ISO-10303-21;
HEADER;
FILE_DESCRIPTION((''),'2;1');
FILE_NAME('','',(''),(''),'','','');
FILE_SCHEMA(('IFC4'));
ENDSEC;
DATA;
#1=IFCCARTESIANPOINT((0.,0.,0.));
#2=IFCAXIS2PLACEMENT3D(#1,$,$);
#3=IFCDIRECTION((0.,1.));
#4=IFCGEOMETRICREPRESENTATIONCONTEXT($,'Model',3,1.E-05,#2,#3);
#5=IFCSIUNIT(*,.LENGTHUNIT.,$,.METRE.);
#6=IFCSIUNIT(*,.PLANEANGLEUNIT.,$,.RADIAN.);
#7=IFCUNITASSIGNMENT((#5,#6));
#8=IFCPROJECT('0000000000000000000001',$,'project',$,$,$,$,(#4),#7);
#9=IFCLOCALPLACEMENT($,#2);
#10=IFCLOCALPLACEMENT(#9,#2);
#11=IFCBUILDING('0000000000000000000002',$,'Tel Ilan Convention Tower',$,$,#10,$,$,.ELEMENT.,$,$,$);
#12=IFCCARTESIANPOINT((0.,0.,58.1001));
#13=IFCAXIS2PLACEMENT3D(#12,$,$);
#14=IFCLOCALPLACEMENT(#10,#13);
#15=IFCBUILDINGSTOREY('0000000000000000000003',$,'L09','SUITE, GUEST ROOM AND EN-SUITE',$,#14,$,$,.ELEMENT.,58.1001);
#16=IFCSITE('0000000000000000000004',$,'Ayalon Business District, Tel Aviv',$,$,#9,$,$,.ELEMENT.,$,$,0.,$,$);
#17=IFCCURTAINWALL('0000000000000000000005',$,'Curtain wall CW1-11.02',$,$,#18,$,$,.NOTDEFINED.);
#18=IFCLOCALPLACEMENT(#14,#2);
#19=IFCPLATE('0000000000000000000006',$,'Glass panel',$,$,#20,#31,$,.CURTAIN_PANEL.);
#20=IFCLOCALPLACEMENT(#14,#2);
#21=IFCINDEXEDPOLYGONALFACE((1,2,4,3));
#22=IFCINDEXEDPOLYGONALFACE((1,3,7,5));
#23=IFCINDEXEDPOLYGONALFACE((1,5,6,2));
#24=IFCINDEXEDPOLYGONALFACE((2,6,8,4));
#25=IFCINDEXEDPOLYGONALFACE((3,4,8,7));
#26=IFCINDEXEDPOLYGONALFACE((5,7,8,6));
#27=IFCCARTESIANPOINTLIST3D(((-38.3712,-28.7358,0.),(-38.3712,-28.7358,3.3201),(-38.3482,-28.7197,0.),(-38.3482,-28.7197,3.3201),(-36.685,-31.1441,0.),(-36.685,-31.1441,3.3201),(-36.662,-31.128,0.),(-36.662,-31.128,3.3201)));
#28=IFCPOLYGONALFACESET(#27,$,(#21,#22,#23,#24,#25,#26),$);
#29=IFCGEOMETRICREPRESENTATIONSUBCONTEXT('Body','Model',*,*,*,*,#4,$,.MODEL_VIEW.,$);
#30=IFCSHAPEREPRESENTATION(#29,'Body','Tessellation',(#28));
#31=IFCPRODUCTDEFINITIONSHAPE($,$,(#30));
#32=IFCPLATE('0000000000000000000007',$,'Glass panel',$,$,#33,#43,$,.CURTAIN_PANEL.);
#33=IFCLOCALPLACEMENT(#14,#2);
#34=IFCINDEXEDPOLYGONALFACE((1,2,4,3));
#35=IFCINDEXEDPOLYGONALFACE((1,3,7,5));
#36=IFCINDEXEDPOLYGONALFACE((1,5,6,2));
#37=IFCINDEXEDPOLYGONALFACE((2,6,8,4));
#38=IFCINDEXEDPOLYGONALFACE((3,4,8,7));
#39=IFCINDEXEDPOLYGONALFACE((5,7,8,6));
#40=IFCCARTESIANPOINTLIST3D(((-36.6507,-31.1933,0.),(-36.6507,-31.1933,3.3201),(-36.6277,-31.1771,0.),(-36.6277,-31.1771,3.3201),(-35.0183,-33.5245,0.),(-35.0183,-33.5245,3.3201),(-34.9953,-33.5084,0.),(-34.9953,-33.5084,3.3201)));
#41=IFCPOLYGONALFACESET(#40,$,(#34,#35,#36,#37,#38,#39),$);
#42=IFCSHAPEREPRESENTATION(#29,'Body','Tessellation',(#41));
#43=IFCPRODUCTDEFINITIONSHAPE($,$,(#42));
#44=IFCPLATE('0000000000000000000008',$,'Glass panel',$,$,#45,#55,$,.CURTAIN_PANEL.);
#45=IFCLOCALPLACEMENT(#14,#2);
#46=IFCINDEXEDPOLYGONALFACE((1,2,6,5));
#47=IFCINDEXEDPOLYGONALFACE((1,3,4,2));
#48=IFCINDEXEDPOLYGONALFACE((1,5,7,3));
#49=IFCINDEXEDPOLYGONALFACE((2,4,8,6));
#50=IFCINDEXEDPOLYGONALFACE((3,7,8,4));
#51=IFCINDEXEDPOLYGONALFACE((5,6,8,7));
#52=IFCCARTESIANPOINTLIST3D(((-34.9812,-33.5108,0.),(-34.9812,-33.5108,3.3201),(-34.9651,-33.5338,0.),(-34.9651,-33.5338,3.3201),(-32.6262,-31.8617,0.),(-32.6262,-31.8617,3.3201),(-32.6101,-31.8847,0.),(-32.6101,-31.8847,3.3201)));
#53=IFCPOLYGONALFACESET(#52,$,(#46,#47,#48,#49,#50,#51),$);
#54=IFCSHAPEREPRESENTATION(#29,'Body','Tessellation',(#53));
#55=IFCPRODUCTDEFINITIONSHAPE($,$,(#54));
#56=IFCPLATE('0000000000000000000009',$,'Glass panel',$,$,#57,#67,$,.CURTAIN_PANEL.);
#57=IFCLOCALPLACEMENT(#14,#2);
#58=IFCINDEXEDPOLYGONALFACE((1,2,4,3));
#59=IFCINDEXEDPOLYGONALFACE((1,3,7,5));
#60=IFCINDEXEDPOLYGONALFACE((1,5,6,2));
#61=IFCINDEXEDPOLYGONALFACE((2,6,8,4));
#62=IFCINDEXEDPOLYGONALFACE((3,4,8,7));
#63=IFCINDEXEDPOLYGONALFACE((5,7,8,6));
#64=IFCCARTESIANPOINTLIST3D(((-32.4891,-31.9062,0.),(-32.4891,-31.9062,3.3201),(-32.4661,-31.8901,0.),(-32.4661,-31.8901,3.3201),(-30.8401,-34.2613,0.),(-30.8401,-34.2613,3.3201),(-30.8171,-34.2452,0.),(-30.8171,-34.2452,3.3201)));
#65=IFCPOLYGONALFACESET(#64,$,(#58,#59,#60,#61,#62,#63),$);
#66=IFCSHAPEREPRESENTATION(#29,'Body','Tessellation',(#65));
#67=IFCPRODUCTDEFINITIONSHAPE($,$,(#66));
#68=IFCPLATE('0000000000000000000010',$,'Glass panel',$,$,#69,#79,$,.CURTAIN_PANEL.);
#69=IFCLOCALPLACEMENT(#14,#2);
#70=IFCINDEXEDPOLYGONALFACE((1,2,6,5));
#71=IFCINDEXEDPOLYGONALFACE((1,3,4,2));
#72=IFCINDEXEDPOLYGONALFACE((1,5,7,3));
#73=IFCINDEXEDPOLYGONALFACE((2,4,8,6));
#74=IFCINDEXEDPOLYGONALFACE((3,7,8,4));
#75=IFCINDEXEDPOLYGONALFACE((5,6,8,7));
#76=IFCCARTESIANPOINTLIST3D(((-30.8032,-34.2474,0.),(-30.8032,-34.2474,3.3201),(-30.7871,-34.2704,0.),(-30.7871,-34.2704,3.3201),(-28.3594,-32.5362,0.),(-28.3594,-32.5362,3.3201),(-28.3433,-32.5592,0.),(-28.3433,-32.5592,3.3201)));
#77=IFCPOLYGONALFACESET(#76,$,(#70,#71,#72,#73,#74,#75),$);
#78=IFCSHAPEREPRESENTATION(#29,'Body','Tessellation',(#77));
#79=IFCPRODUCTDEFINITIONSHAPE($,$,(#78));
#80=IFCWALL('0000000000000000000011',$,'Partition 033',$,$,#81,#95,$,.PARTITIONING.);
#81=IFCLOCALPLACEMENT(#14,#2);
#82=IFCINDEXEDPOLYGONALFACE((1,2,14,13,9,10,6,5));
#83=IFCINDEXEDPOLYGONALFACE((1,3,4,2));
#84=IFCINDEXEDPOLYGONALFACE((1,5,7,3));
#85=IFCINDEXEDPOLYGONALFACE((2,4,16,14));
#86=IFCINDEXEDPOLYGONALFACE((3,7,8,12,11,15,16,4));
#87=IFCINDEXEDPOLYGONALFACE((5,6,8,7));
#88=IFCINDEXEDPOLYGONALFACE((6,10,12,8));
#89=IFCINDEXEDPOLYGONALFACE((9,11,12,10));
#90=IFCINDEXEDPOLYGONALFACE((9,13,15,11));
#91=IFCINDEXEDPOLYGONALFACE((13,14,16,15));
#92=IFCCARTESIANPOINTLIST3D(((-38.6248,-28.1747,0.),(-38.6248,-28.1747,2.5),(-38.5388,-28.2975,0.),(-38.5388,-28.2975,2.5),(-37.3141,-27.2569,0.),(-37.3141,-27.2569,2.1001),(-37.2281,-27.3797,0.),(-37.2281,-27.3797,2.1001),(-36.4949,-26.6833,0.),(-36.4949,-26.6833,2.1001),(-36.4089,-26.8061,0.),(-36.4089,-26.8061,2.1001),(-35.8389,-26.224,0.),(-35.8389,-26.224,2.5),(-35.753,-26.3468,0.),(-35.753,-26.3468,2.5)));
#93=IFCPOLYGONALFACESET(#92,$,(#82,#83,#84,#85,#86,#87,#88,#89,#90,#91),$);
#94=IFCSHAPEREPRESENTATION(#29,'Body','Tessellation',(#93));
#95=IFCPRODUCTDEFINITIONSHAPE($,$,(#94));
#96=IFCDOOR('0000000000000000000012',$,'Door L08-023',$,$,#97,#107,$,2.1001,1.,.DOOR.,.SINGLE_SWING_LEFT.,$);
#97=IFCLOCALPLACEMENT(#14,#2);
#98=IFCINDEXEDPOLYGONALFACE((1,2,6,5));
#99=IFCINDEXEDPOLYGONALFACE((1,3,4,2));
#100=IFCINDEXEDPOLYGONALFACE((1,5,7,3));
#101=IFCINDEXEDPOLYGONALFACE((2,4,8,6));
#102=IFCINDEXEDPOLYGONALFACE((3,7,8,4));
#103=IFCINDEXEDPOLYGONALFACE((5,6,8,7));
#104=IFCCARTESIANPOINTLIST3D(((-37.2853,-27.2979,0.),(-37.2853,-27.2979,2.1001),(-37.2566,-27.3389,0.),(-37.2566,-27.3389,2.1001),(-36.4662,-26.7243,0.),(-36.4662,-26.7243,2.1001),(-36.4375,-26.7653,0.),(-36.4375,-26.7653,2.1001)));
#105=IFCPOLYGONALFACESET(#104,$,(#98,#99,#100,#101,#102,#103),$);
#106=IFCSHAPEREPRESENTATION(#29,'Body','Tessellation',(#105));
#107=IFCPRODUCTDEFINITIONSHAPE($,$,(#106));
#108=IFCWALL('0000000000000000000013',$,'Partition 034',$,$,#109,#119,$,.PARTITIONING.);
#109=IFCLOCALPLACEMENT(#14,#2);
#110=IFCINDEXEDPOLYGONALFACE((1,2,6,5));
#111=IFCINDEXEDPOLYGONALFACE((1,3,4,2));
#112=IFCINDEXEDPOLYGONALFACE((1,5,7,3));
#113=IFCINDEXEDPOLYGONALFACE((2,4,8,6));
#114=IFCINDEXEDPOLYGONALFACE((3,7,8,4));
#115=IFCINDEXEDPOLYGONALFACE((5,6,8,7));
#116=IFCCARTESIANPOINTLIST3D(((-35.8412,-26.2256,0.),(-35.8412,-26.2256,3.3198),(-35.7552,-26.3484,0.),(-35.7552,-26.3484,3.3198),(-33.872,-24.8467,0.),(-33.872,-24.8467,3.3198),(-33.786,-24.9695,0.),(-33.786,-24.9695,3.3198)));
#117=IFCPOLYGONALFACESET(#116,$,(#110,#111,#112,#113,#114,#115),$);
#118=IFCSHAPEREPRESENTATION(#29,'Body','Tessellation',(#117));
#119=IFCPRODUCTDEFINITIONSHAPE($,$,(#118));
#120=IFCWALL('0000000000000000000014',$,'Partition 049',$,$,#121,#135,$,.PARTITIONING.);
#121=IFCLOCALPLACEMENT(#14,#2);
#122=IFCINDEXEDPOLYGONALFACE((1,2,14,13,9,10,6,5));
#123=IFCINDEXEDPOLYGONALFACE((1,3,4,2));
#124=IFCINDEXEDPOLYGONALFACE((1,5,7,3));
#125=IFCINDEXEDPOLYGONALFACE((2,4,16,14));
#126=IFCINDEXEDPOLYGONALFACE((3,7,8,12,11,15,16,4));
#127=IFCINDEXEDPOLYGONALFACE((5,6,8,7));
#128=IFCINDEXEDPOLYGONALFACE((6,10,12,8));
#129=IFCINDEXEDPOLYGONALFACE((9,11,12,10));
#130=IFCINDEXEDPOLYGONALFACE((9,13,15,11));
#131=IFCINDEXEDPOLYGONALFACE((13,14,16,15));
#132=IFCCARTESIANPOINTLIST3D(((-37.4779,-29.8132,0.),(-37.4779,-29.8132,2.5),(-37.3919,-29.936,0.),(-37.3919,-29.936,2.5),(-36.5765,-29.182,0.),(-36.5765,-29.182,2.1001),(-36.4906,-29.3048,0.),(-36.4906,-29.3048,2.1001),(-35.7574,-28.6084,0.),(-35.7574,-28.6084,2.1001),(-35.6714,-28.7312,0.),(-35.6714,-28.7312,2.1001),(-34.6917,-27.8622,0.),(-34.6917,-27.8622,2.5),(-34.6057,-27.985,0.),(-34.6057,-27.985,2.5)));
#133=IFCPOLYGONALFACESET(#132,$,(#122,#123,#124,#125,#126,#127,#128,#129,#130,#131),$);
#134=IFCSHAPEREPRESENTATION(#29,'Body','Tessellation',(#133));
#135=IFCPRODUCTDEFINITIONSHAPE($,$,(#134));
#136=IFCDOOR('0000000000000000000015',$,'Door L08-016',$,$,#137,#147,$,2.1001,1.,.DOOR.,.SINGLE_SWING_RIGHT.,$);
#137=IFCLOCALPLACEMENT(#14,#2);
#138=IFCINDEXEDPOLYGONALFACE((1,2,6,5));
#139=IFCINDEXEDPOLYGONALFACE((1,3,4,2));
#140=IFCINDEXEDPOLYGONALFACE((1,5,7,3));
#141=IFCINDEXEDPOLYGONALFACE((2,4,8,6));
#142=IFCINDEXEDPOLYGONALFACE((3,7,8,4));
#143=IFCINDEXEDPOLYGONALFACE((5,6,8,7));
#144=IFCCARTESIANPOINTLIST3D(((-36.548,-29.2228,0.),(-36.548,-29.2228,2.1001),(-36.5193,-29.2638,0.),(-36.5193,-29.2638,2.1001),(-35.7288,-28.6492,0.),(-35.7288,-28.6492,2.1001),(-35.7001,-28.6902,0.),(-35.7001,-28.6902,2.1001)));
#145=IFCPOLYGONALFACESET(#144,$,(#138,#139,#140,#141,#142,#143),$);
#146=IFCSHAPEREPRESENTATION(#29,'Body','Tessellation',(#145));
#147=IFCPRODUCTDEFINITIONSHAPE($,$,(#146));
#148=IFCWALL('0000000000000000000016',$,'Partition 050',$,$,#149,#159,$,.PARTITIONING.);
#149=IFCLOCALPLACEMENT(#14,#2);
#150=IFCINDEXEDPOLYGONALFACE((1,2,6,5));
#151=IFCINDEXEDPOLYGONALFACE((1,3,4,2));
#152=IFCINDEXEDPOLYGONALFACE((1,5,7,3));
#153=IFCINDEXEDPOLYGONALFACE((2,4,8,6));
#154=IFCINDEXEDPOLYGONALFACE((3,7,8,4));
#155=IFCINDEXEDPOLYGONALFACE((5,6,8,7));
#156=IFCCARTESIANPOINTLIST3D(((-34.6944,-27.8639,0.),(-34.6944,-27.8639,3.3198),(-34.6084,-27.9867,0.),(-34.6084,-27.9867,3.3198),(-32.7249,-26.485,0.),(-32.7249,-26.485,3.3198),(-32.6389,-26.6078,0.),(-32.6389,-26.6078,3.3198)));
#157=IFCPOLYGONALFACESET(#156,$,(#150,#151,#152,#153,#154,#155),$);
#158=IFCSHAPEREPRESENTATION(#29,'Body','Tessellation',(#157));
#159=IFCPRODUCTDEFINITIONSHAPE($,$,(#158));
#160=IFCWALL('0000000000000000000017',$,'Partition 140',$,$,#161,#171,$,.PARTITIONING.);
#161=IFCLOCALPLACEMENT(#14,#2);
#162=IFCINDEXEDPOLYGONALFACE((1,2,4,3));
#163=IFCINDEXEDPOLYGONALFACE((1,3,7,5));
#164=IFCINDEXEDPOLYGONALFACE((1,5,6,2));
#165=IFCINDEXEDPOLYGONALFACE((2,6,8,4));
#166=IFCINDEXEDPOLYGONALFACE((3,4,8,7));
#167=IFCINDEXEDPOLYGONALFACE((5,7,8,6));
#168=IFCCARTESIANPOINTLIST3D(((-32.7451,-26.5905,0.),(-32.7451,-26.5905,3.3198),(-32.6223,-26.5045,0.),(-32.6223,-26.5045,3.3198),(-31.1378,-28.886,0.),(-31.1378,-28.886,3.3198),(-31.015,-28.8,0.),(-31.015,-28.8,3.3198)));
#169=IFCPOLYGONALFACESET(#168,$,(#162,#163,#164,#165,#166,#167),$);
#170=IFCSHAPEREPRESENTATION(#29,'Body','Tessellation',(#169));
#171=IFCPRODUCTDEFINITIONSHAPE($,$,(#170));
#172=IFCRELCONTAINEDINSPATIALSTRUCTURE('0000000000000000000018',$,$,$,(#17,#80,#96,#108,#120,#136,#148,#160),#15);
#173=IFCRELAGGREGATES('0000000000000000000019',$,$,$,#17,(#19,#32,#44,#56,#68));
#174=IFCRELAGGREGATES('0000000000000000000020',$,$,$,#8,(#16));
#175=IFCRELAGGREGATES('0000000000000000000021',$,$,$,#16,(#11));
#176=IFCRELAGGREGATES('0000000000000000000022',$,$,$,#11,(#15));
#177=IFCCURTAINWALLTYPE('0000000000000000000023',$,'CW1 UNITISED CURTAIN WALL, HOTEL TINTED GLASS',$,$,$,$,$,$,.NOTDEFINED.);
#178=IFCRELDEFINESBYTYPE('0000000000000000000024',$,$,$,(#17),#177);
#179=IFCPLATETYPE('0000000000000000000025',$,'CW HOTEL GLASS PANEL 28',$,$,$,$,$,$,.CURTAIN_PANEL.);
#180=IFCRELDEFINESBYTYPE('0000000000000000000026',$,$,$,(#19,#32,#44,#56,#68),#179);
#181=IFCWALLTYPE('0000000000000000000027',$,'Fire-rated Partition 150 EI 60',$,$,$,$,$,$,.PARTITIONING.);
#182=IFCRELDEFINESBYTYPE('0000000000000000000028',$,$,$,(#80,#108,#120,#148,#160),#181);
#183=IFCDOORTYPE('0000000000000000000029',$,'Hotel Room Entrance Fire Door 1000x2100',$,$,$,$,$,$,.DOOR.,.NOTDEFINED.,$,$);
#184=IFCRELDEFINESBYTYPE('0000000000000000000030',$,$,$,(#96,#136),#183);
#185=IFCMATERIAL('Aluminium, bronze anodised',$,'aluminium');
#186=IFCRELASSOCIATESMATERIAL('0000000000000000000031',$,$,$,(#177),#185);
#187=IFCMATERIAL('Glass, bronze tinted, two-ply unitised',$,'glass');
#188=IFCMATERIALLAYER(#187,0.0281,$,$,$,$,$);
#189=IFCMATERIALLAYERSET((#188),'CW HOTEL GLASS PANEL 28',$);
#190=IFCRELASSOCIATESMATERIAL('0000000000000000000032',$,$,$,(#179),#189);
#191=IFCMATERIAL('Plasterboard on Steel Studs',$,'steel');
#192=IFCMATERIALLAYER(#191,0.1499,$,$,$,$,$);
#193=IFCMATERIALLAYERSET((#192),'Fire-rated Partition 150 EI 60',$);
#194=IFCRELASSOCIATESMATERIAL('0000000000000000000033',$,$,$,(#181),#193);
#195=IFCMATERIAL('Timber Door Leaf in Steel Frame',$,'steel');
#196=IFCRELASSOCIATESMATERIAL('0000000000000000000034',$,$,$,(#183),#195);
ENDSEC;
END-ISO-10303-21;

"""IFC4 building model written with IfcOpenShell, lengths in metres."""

from ifc_helpers import new_model, si_unit, direction, frame, frame_2d, origin, origin_2d, place, context, subcontext, project, spatial, rectangle, extrude, material, layer, layer_set, type_object, element, fill, aggregate, save


model = new_model("IFC4")

# Units and contexts
model_context = context("Model", 3, precision=1e-05, world=origin(), true_north=direction((0.0, 1.0)))
body_context = subcontext(model_context, "Body", "Model", "MODEL_VIEW")
ifc_project = project(units=[si_unit("LENGTHUNIT", "METRE"), si_unit("PLANEANGLEUNIT", "RADIAN")], contexts=[model_context])

# Site, building, storey
site_placement = place(None, origin())
site = spatial("IfcSite", under=ifc_project, at=site_placement, Name="Ayalon Business District, Tel Aviv", CompositionType="ELEMENT", RefElevation=0.0)
building_placement = place(site_placement, origin())
building = spatial("IfcBuilding", under=site, at=building_placement, Name="Tel Ilan Convention Tower", CompositionType="ELEMENT")
storey_placement = place(building_placement, frame((0.0, 0.0, 58.1001)))
storey = spatial("IfcBuildingStorey", under=building, at=storey_placement, Name="L09", Description="SUITE, GUEST ROOM AND EN-SUITE", CompositionType="ELEMENT", Elevation=58.1001)

# Curtain wall, plates
ifc_material_1 = material(Name="Aluminium, bronze anodised", Category="aluminium")
curtain_wall_type = type_object("IfcCurtainWallType", Name="CW1 UNITISED CURTAIN WALL, HOTEL TINTED GLASS", PredefinedType="NOTDEFINED", material=ifc_material_1)
curtain_wall_placement = place(storey_placement, origin())
curtain_wall = element("IfcCurtainWall", 1, at=curtain_wall_placement, inside=storey, type_object=curtain_wall_type, Name="Curtain wall CW1-11.02", PredefinedType="NOTDEFINED")
ifc_material_2 = material(Name="Glass, bronze tinted, two-ply unitised", Category="glass")
ifc_layer_1 = layer(ifc_material_2, 0.0281)
ifc_layer_set_1 = layer_set([ifc_layer_1], Name="CW HOTEL GLASS PANEL 28")
plate_type = type_object("IfcPlateType", Name="CW HOTEL GLASS PANEL 28", PredefinedType="CURTAIN_PANEL", material=ifc_layer_set_1)
plate_1_placement = place(storey_placement, frame((-37.5166, -29.9319, 0.0), z_axis=(0.0, 0.0, 1.0), x_axis=(0.573576, -0.819152, 0.0)))
plate_1 = element("IfcPlate", 2, at=plate_1_placement, type_object=plate_type, Name="Glass panel", PredefinedType="CURTAIN_PANEL", context=body_context, shape_type="SweptSolid", body=[
    extrude(rectangle(XDim=2.9399, YDim=0.0281, at=origin_2d()), origin(), (0.0, 0.0, 1.0), 3.3201),
])
plate_2_placement = place(storey_placement, frame((-35.823, -32.3508, 0.0), z_axis=(0.0, 0.0, 1.0), x_axis=(0.573576, -0.819152, 0.0)))
plate_2 = element("IfcPlate", 3, at=plate_2_placement, type_object=plate_type, Name="Glass panel", PredefinedType="CURTAIN_PANEL", context=body_context, shape_type="SweptSolid", body=[
    extrude(rectangle(XDim=2.8459, YDim=0.0281, at=origin_2d()), origin(), (0.0, 0.0, 1.0), 3.3201),
])
plate_3_placement = place(storey_placement, frame((-33.7957, -32.6978, 0.0), z_axis=(0.0, 0.0, 1.0), x_axis=(0.819152, 0.573576, 0.0)))
plate_3 = element("IfcPlate", 4, at=plate_3_placement, type_object=plate_type, Name="Glass panel", PredefinedType="CURTAIN_PANEL", context=body_context, shape_type="SweptSolid", body=[
    extrude(rectangle(XDim=2.875, YDim=0.0281, at=origin_2d()), origin(), (0.0, 0.0, 1.0), 3.3201),
])
plate_4_placement = place(storey_placement, frame((-31.6531, -33.0757, 0.0), z_axis=(0.0, 0.0, 1.0), x_axis=(0.573576, -0.819152, 0.0)))
plate_4 = element("IfcPlate", 5, at=plate_4_placement, type_object=plate_type, Name="Glass panel", PredefinedType="CURTAIN_PANEL", context=body_context, shape_type="SweptSolid", body=[
    extrude(rectangle(XDim=2.875, YDim=0.0281, at=origin_2d()), origin(), (0.0, 0.0, 1.0), 3.3201),
])
plate_5_placement = place(storey_placement, frame((-29.5732, -33.4033, 0.0), z_axis=(0.0, 0.0, 1.0), x_axis=(0.819152, 0.573576, 0.0)))
plate_5 = element("IfcPlate", 6, at=plate_5_placement, type_object=plate_type, Name="Glass panel", PredefinedType="CURTAIN_PANEL", context=body_context, shape_type="SweptSolid", body=[
    extrude(rectangle(XDim=2.9834, YDim=0.0281, at=origin_2d()), origin(), (0.0, 0.0, 1.0), 3.3201),
])
aggregate(curtain_wall, [plate_1, plate_2, plate_3, plate_4, plate_5])

# Wall, opening, door
ifc_material_3 = material(Name="Plasterboard on Steel Studs", Category="steel")
ifc_layer_2 = layer(ifc_material_3, 0.1499)
ifc_layer_set_2 = layer_set([ifc_layer_2], Name="Fire-rated Partition 150 EI 60")
wall_type_1 = type_object("IfcWallType", Name="Fire-rated Partition 150 EI 60", PredefinedType="PARTITIONING", material=ifc_layer_set_2)
wall_1_placement = place(storey_placement, frame((-38.5818, -28.2361, 0.0), z_axis=(0.0, 0.0, 1.0), x_axis=(0.819154, 0.573573, 0.0)))
wall_1 = element("IfcWall", 7, at=wall_1_placement, inside=storey, type_object=wall_type_1, Name="Partition 033", PredefinedType="PARTITIONING", context=body_context, shape_type="SweptSolid", body=[
    extrude(rectangle(XDim=3.4009, YDim=0.1499, at=frame_2d((1.7004, 0.0))), origin(), (0.0, 0.0, 1.0), 2.5),
])
opening_1_placement = place(wall_1_placement, frame((1.6001, 0.0, 0.0)))
opening_1 = element("IfcOpeningElement", 8, at=opening_1_placement, cuts=wall_1, PredefinedType="OPENING", context=body_context, shape_type="SweptSolid", body=[
    extrude(rectangle(XDim=1.0, YDim=2.1001, at=frame_2d((0.5, 1.05))), frame((0.0, 0.085, 0.0), z_axis=(0.0, -1.0, 0.0), x_axis=(1.0, 0.0, 0.0)), (0.0, 0.0, 1.0), 0.1699),
])
ifc_material_4 = material(Name="Timber Door Leaf in Steel Frame", Category="steel")
door_type_1 = type_object("IfcDoorType", Name="Hotel Room Entrance Fire Door 1000x2100", OperationType="NOTDEFINED", PredefinedType="DOOR", material=ifc_material_4)
door_1_placement = place(opening_1_placement, origin())
door_1 = element("IfcDoor", 9, at=door_1_placement, inside=storey, type_object=door_type_1, Name="Door L08-023", OperationType="SINGLE_SWING_LEFT", OverallHeight=2.1001, OverallWidth=1.0, PredefinedType="DOOR", context=body_context, shape_type="SweptSolid", body=[
    extrude(rectangle(XDim=1.0, YDim=2.1001, at=frame_2d((0.5, 1.05))), frame((0.0, 0.0249, 0.0), z_axis=(0.0, -1.0, 0.0), x_axis=(1.0, 0.0, 0.0)), (0.0, 0.0, 1.0), 0.05),
])
fill(opening_1, door_1)

# Wall
wall_2_placement = place(storey_placement, frame((-35.7983, -26.2871, 0.0), z_axis=(0.0, 0.0, 1.0), x_axis=(0.819146, 0.573585, 0.0)))
element("IfcWall", 10, at=wall_2_placement, inside=storey, type_object=wall_type_1, Name="Partition 034", PredefinedType="PARTITIONING", context=body_context, shape_type="SweptSolid", body=[
    extrude(rectangle(XDim=2.4041, YDim=0.1499, at=frame_2d((1.2021, 0.0))), origin(), (0.0, 0.0, 1.0), 3.3198),
])

# Wall, opening, door
wall_3_placement = place(storey_placement, frame((-34.6487, -27.9236, 0.0), z_axis=(0.0, 0.0, 1.0), x_axis=(-0.819144, -0.573588, 0.0)))
wall_3 = element("IfcWall", 11, at=wall_3_placement, inside=storey, type_object=wall_type_1, Name="Partition 049", PredefinedType="PARTITIONING", context=body_context, shape_type="SweptSolid", body=[
    extrude(rectangle(XDim=3.4014, YDim=0.1499, at=frame_2d((1.7007, 0.0))), origin(), (0.0, 0.0, 1.0), 2.5),
])
opening_2_placement = place(wall_3_placement, frame((1.301, 0.0, 0.0)))
opening_2 = element("IfcOpeningElement", 12, at=opening_2_placement, cuts=wall_3, PredefinedType="OPENING", context=body_context, shape_type="SweptSolid", body=[
    extrude(rectangle(XDim=1.0, YDim=2.1001, at=frame_2d((0.5, 1.05))), frame((0.0, 0.085, 0.0), z_axis=(0.0, -1.0, 0.0), x_axis=(1.0, 0.0, 0.0)), (0.0, 0.0, 1.0), 0.1699),
])
door_2_placement = place(opening_2_placement, origin())
door_2 = element("IfcDoor", 13, at=door_2_placement, inside=storey, type_object=door_type_1, Name="Door L08-016", OperationType="SINGLE_SWING_RIGHT", OverallHeight=2.1001, OverallWidth=1.0, PredefinedType="DOOR", context=body_context, shape_type="SweptSolid", body=[
    extrude(rectangle(XDim=1.0, YDim=2.1001, at=frame_2d((0.5, 1.05))), frame((0.0, 0.0249, 0.0), z_axis=(0.0, -1.0, 0.0), x_axis=(1.0, 0.0, 0.0)), (0.0, 0.0, 1.0), 0.05),
])
fill(opening_2, door_2)

# Walls
wall_4_placement = place(storey_placement, frame((-32.6819, -26.5464, 0.0), z_axis=(0.0, 0.0, 1.0), x_axis=(-0.819179, -0.573537, 0.0)))
element("IfcWall", 14, at=wall_4_placement, inside=storey, type_object=wall_type_1, Name="Partition 050", PredefinedType="PARTITIONING", context=body_context, shape_type="SweptSolid", body=[
    extrude(rectangle(XDim=2.4043, YDim=0.1499, at=frame_2d((1.2021, 0.0))), origin(), (0.0, 0.0, 1.0), 3.3198),
])
wall_5_placement = place(storey_placement, frame((-31.0764, -28.843, 0.0), z_axis=(0.0, 0.0, 1.0), x_axis=(-0.573556, 0.819166, 0.0)))
element("IfcWall", 15, at=wall_5_placement, inside=storey, type_object=wall_type_1, Name="Partition 140", PredefinedType="PARTITIONING", context=body_context, shape_type="SweptSolid", body=[
    extrude(rectangle(XDim=2.8022, YDim=0.1499, at=frame_2d((1.4011, 0.0))), origin(), (0.0, 0.0, 1.0), 3.3198),
])

save(model, "model.ifc")
